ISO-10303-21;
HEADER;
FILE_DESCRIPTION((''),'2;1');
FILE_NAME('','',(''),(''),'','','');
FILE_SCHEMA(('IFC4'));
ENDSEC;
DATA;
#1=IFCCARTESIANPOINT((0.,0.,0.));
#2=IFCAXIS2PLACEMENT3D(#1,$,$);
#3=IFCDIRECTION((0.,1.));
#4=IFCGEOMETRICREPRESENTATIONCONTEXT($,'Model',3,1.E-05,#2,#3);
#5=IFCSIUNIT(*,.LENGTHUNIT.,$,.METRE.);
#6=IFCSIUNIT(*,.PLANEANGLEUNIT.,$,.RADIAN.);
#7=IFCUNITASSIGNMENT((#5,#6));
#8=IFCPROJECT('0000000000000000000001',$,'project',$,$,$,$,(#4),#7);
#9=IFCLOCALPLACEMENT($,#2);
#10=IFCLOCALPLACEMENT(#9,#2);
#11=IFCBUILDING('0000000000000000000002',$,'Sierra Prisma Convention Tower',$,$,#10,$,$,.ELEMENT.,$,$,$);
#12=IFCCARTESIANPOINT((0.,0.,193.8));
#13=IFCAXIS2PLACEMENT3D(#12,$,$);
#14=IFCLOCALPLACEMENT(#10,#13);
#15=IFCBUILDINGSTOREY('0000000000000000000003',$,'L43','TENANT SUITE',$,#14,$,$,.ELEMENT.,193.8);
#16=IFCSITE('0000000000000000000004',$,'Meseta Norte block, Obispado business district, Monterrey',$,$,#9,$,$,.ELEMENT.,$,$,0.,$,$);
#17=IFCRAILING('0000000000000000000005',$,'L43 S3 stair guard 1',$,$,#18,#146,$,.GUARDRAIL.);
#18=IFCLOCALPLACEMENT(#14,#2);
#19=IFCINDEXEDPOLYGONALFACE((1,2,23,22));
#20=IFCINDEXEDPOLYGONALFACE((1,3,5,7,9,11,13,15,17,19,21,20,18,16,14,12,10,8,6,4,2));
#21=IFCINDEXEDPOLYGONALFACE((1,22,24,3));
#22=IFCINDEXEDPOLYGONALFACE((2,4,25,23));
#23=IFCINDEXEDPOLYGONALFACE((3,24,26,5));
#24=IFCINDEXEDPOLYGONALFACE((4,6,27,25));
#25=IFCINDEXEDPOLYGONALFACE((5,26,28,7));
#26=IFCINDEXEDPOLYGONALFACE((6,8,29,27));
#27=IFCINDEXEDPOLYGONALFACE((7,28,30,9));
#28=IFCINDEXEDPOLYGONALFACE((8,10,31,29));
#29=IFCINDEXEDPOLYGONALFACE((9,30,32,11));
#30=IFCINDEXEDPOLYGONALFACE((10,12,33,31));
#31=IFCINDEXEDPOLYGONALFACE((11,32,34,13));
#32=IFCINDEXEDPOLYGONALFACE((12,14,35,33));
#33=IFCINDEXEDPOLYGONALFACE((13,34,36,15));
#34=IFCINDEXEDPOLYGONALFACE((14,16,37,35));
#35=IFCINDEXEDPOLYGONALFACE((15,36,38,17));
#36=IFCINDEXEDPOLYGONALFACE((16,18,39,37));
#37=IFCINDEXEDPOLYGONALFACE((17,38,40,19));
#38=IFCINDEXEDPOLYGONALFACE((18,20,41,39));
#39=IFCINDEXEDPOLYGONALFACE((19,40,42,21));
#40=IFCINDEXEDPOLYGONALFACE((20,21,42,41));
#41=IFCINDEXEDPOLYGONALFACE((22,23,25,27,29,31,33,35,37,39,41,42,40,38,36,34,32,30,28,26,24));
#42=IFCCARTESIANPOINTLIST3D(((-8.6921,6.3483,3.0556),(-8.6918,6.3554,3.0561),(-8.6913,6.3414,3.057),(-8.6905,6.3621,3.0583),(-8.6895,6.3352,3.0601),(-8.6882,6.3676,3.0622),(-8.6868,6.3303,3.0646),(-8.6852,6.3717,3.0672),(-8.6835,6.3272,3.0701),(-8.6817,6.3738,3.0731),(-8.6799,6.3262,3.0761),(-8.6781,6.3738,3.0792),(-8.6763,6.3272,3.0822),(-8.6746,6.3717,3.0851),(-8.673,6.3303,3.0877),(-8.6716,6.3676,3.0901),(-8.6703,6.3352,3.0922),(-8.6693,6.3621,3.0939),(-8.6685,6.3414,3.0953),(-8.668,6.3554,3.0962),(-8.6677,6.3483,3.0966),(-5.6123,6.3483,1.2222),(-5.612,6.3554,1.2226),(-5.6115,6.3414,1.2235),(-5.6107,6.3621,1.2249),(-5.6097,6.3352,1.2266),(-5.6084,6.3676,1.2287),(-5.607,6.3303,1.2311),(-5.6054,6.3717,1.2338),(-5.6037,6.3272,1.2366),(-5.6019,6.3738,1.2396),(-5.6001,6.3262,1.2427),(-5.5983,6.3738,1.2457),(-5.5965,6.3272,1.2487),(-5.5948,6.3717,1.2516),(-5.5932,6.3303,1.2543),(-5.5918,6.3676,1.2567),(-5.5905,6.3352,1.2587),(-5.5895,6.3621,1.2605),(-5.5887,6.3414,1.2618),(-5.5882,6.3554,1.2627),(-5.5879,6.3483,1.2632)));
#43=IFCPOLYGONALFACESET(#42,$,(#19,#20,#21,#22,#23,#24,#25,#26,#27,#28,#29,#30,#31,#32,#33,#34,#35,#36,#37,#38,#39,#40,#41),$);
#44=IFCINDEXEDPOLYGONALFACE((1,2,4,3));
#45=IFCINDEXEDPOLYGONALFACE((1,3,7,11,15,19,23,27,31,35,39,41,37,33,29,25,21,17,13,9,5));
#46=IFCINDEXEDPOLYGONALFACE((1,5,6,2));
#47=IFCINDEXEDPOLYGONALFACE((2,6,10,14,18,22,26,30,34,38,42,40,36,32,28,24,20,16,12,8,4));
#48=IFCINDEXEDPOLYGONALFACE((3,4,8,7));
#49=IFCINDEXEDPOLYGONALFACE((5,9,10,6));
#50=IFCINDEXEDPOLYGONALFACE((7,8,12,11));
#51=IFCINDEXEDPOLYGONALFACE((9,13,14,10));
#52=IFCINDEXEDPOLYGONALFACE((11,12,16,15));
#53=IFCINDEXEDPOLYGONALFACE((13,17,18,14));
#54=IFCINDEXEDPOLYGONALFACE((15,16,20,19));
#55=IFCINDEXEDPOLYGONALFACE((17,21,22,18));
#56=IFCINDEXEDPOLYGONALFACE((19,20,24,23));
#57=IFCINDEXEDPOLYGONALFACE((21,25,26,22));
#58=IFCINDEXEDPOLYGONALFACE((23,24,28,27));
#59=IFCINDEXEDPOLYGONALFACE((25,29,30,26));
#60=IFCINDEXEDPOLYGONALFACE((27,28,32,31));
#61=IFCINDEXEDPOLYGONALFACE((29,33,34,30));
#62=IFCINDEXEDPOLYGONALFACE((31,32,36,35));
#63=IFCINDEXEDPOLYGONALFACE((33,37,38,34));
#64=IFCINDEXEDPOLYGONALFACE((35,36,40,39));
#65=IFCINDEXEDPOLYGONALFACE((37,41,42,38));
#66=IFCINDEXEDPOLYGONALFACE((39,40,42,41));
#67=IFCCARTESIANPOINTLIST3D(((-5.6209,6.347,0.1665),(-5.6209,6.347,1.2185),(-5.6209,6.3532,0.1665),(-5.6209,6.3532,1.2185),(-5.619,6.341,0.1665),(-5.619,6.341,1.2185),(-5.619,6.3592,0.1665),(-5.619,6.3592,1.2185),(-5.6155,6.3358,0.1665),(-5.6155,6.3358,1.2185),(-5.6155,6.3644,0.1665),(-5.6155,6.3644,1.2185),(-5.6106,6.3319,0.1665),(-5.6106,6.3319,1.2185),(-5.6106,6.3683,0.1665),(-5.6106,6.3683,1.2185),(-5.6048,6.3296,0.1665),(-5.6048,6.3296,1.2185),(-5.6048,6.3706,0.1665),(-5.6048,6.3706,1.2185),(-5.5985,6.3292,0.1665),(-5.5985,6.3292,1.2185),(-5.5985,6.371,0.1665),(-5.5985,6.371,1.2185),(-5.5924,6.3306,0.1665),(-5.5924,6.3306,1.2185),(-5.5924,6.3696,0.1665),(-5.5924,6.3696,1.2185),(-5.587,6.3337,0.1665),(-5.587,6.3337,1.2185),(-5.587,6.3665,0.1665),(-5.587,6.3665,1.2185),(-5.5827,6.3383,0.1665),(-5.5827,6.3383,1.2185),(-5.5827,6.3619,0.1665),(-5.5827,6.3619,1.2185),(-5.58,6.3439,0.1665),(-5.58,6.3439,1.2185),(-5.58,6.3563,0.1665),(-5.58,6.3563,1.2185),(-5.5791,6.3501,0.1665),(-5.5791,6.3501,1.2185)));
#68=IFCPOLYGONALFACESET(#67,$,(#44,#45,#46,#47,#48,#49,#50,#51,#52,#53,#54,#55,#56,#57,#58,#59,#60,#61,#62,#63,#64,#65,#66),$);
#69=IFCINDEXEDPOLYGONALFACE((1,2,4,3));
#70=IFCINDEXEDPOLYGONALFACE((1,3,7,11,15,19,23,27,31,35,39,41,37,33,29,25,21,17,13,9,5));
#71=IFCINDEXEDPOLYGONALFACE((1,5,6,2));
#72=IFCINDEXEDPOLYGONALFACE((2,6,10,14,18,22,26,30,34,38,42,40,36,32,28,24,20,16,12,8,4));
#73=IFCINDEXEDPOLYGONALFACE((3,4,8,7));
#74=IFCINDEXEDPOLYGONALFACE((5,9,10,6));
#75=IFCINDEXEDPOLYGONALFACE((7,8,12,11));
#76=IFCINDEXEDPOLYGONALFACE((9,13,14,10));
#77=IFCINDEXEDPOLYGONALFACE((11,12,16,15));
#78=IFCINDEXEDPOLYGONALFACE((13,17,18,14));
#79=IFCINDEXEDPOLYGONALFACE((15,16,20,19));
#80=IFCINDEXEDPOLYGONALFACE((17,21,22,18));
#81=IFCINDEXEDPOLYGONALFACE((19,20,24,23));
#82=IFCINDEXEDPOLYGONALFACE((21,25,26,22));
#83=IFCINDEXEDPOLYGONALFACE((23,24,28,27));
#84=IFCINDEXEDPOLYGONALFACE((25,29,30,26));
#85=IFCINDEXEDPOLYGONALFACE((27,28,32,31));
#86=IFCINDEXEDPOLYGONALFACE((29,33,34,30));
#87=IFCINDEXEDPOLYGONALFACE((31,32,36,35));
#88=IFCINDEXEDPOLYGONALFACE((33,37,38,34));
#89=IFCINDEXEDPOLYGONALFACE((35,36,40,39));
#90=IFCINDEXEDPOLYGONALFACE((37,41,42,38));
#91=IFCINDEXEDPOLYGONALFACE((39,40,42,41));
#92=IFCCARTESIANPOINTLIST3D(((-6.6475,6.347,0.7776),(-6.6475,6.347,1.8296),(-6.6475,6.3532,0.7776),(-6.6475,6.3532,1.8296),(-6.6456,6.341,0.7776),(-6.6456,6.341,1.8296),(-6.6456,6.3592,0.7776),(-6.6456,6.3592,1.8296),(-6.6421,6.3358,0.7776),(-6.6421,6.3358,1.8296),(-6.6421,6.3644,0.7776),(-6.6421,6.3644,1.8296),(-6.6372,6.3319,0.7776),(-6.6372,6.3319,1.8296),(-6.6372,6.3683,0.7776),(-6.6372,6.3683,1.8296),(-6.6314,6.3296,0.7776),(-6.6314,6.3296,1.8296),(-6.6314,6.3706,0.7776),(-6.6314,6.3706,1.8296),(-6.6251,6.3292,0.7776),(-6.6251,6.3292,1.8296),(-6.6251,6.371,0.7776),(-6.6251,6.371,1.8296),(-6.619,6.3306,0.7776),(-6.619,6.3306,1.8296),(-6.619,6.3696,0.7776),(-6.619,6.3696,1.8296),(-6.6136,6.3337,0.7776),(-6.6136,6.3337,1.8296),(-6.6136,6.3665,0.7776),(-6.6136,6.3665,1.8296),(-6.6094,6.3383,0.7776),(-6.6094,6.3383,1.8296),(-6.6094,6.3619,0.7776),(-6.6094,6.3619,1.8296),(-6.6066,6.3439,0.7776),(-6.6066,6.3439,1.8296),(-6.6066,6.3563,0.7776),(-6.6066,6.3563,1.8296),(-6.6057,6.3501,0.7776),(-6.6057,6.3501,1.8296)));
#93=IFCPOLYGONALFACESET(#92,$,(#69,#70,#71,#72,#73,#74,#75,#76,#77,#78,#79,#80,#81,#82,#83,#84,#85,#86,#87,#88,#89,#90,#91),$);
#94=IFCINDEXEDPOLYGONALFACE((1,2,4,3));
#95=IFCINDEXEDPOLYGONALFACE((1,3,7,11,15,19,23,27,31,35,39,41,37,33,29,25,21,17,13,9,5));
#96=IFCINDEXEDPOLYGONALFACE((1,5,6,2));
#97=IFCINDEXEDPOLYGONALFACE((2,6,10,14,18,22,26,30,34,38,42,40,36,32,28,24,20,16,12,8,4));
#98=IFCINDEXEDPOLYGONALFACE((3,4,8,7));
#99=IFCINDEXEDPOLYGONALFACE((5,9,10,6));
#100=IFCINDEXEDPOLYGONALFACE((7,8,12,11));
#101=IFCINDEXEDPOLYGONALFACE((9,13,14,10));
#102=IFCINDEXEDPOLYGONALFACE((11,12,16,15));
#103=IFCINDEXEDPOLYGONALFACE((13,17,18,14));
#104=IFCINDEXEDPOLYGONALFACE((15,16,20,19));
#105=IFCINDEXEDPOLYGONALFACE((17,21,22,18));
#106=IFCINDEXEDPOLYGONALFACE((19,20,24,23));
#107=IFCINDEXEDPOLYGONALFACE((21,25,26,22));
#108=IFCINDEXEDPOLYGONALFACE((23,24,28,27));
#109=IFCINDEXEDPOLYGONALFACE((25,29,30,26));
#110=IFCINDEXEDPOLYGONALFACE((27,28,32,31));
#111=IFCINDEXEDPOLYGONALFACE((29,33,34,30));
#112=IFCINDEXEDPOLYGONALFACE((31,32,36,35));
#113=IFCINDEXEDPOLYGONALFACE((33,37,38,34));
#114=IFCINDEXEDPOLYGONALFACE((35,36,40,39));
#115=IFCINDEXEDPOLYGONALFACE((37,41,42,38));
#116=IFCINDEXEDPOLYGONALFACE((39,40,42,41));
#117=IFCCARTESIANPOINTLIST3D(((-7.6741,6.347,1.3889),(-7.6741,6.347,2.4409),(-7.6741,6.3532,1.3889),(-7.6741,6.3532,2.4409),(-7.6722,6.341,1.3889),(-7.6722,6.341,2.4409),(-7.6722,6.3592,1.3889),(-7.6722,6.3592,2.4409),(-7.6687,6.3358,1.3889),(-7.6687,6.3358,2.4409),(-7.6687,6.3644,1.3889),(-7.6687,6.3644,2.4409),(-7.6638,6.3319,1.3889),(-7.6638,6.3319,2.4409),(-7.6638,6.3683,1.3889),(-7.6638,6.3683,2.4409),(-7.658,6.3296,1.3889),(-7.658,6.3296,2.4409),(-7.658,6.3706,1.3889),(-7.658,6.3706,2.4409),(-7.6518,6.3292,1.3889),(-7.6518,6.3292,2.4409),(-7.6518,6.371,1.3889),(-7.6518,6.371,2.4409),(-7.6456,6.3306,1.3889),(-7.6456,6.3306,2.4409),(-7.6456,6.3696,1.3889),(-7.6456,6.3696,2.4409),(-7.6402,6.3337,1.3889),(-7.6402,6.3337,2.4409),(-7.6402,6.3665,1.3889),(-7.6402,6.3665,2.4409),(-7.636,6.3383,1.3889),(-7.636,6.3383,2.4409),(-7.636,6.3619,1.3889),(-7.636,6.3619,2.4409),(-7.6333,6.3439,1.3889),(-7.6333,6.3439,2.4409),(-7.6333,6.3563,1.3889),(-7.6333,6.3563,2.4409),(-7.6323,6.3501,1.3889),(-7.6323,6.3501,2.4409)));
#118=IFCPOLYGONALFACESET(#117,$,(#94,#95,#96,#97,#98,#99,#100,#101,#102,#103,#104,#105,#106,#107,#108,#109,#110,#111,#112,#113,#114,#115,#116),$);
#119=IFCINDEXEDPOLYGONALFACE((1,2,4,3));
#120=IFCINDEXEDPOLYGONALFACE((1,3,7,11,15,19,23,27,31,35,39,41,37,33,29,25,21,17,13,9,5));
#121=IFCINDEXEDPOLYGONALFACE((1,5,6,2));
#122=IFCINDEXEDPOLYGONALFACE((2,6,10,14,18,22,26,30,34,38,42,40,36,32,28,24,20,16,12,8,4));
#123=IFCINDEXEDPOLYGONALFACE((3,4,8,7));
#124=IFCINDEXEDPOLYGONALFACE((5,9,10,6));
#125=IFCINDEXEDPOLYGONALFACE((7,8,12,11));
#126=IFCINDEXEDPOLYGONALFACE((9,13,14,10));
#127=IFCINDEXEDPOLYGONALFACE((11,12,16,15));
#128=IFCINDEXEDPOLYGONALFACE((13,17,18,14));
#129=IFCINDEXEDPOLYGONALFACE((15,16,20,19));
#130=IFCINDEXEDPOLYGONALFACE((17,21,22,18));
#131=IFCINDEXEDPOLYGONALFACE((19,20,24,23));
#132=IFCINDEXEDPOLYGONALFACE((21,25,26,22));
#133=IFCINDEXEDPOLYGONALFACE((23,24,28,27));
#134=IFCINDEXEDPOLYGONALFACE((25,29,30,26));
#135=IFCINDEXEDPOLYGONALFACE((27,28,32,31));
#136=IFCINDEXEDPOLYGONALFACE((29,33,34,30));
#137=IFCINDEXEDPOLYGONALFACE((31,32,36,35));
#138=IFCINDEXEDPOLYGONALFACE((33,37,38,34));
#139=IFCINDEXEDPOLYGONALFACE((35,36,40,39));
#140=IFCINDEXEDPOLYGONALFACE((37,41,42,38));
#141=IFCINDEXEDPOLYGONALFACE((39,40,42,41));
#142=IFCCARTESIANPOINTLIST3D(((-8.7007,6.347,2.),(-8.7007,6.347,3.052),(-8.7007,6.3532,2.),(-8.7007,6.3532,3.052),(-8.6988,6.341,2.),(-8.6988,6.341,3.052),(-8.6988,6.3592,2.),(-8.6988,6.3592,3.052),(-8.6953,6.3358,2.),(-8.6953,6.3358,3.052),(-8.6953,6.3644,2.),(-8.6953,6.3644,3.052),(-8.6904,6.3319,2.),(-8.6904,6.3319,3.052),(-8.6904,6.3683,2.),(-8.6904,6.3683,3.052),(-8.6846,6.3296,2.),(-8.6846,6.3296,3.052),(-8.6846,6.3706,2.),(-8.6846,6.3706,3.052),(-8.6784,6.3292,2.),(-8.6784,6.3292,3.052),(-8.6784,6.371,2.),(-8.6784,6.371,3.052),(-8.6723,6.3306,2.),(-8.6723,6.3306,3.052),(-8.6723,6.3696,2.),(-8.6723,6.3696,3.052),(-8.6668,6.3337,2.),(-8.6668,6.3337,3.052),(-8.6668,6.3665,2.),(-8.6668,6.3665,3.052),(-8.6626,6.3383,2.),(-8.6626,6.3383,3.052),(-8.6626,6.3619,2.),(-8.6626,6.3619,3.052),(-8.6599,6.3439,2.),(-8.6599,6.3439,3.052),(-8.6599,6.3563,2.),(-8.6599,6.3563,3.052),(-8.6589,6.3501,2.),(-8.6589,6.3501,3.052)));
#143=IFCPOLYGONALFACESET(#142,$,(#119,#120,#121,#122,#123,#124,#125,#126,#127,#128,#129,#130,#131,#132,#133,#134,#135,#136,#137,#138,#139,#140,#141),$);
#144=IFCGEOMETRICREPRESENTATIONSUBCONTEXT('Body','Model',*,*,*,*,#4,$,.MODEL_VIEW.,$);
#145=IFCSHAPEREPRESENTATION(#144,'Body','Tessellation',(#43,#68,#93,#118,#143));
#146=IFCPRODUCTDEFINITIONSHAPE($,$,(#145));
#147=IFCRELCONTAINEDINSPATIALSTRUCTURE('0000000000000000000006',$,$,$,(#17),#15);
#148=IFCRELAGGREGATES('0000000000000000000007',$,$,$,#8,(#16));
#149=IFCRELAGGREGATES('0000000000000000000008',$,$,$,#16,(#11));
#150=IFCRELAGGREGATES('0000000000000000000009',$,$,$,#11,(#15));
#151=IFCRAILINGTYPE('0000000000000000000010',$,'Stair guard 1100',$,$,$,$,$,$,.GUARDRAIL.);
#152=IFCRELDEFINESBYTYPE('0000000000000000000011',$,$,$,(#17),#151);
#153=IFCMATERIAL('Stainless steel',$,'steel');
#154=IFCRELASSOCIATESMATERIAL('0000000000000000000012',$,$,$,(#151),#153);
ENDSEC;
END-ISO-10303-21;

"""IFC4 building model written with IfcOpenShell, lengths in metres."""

from ifc_helpers import new_model, si_unit, direction, frame, origin, origin_2d, place, context, subcontext, project, spatial, circle, extrude, material, type_object, element, save


model = new_model("IFC4")

# Units and contexts
model_context = context("Model", 3, precision=1e-05, world=origin(), true_north=direction((0.0, 1.0)))
body_context = subcontext(model_context, "Body", "Model", "MODEL_VIEW")
ifc_project = project(units=[si_unit("LENGTHUNIT", "METRE"), si_unit("PLANEANGLEUNIT", "RADIAN")], contexts=[model_context])

# Site, building, storey
site_placement = place(None, origin())
site = spatial("IfcSite", under=ifc_project, at=site_placement, Name="Meseta Norte block, Obispado business district, Monterrey", CompositionType="ELEMENT", RefElevation=0.0)
building_placement = place(site_placement, origin())
building = spatial("IfcBuilding", under=site, at=building_placement, Name="Sierra Prisma Convention Tower", CompositionType="ELEMENT")
storey_placement = place(building_placement, frame((0.0, 0.0, 193.8)))
storey = spatial("IfcBuildingStorey", under=building, at=storey_placement, Name="L43", Description="TENANT SUITE", CompositionType="ELEMENT", Elevation=193.8)

# Railing
ifc_material_1 = material(Name="Stainless steel", Category="steel")
railing_type_1 = type_object("IfcRailingType", Name="Stair guard 1100", PredefinedType="GUARDRAIL", material=ifc_material_1)
railing_1_placement = place(storey_placement, frame((-5.6001, 6.3501, 0.1665)))
element("IfcRailing", 1, at=railing_1_placement, inside=storey, type_object=railing_type_1, Name="L43 S3 stair guard 1", PredefinedType="GUARDRAIL", context=body_context, shape_type="SweptSolid", body=[
    extrude(circle(Radius=0.0239, at=origin_2d()), frame((0.0, 0.0, 1.0762), z_axis=(-0.859261, 0.0, 0.511538), x_axis=(0.0, -1.0, 0.0)), (0.0, 0.0, 1.0), 3.5842),
    extrude(circle(Radius=0.021, at=origin_2d()), origin(), (0.0, 0.0, 1.0), 1.052),
    extrude(circle(Radius=0.021, at=origin_2d()), frame((-1.0266, 0.0, 0.6111)), (0.0, 0.0, 1.0), 1.052),
    extrude(circle(Radius=0.021, at=origin_2d()), frame((-2.0532, 0.0, 1.2224)), (0.0, 0.0, 1.0), 1.052),
    extrude(circle(Radius=0.021, at=origin_2d()), frame((-3.0798, 0.0, 1.8335)), (0.0, 0.0, 1.0), 1.052),
])

save(model, "model.ifc")
